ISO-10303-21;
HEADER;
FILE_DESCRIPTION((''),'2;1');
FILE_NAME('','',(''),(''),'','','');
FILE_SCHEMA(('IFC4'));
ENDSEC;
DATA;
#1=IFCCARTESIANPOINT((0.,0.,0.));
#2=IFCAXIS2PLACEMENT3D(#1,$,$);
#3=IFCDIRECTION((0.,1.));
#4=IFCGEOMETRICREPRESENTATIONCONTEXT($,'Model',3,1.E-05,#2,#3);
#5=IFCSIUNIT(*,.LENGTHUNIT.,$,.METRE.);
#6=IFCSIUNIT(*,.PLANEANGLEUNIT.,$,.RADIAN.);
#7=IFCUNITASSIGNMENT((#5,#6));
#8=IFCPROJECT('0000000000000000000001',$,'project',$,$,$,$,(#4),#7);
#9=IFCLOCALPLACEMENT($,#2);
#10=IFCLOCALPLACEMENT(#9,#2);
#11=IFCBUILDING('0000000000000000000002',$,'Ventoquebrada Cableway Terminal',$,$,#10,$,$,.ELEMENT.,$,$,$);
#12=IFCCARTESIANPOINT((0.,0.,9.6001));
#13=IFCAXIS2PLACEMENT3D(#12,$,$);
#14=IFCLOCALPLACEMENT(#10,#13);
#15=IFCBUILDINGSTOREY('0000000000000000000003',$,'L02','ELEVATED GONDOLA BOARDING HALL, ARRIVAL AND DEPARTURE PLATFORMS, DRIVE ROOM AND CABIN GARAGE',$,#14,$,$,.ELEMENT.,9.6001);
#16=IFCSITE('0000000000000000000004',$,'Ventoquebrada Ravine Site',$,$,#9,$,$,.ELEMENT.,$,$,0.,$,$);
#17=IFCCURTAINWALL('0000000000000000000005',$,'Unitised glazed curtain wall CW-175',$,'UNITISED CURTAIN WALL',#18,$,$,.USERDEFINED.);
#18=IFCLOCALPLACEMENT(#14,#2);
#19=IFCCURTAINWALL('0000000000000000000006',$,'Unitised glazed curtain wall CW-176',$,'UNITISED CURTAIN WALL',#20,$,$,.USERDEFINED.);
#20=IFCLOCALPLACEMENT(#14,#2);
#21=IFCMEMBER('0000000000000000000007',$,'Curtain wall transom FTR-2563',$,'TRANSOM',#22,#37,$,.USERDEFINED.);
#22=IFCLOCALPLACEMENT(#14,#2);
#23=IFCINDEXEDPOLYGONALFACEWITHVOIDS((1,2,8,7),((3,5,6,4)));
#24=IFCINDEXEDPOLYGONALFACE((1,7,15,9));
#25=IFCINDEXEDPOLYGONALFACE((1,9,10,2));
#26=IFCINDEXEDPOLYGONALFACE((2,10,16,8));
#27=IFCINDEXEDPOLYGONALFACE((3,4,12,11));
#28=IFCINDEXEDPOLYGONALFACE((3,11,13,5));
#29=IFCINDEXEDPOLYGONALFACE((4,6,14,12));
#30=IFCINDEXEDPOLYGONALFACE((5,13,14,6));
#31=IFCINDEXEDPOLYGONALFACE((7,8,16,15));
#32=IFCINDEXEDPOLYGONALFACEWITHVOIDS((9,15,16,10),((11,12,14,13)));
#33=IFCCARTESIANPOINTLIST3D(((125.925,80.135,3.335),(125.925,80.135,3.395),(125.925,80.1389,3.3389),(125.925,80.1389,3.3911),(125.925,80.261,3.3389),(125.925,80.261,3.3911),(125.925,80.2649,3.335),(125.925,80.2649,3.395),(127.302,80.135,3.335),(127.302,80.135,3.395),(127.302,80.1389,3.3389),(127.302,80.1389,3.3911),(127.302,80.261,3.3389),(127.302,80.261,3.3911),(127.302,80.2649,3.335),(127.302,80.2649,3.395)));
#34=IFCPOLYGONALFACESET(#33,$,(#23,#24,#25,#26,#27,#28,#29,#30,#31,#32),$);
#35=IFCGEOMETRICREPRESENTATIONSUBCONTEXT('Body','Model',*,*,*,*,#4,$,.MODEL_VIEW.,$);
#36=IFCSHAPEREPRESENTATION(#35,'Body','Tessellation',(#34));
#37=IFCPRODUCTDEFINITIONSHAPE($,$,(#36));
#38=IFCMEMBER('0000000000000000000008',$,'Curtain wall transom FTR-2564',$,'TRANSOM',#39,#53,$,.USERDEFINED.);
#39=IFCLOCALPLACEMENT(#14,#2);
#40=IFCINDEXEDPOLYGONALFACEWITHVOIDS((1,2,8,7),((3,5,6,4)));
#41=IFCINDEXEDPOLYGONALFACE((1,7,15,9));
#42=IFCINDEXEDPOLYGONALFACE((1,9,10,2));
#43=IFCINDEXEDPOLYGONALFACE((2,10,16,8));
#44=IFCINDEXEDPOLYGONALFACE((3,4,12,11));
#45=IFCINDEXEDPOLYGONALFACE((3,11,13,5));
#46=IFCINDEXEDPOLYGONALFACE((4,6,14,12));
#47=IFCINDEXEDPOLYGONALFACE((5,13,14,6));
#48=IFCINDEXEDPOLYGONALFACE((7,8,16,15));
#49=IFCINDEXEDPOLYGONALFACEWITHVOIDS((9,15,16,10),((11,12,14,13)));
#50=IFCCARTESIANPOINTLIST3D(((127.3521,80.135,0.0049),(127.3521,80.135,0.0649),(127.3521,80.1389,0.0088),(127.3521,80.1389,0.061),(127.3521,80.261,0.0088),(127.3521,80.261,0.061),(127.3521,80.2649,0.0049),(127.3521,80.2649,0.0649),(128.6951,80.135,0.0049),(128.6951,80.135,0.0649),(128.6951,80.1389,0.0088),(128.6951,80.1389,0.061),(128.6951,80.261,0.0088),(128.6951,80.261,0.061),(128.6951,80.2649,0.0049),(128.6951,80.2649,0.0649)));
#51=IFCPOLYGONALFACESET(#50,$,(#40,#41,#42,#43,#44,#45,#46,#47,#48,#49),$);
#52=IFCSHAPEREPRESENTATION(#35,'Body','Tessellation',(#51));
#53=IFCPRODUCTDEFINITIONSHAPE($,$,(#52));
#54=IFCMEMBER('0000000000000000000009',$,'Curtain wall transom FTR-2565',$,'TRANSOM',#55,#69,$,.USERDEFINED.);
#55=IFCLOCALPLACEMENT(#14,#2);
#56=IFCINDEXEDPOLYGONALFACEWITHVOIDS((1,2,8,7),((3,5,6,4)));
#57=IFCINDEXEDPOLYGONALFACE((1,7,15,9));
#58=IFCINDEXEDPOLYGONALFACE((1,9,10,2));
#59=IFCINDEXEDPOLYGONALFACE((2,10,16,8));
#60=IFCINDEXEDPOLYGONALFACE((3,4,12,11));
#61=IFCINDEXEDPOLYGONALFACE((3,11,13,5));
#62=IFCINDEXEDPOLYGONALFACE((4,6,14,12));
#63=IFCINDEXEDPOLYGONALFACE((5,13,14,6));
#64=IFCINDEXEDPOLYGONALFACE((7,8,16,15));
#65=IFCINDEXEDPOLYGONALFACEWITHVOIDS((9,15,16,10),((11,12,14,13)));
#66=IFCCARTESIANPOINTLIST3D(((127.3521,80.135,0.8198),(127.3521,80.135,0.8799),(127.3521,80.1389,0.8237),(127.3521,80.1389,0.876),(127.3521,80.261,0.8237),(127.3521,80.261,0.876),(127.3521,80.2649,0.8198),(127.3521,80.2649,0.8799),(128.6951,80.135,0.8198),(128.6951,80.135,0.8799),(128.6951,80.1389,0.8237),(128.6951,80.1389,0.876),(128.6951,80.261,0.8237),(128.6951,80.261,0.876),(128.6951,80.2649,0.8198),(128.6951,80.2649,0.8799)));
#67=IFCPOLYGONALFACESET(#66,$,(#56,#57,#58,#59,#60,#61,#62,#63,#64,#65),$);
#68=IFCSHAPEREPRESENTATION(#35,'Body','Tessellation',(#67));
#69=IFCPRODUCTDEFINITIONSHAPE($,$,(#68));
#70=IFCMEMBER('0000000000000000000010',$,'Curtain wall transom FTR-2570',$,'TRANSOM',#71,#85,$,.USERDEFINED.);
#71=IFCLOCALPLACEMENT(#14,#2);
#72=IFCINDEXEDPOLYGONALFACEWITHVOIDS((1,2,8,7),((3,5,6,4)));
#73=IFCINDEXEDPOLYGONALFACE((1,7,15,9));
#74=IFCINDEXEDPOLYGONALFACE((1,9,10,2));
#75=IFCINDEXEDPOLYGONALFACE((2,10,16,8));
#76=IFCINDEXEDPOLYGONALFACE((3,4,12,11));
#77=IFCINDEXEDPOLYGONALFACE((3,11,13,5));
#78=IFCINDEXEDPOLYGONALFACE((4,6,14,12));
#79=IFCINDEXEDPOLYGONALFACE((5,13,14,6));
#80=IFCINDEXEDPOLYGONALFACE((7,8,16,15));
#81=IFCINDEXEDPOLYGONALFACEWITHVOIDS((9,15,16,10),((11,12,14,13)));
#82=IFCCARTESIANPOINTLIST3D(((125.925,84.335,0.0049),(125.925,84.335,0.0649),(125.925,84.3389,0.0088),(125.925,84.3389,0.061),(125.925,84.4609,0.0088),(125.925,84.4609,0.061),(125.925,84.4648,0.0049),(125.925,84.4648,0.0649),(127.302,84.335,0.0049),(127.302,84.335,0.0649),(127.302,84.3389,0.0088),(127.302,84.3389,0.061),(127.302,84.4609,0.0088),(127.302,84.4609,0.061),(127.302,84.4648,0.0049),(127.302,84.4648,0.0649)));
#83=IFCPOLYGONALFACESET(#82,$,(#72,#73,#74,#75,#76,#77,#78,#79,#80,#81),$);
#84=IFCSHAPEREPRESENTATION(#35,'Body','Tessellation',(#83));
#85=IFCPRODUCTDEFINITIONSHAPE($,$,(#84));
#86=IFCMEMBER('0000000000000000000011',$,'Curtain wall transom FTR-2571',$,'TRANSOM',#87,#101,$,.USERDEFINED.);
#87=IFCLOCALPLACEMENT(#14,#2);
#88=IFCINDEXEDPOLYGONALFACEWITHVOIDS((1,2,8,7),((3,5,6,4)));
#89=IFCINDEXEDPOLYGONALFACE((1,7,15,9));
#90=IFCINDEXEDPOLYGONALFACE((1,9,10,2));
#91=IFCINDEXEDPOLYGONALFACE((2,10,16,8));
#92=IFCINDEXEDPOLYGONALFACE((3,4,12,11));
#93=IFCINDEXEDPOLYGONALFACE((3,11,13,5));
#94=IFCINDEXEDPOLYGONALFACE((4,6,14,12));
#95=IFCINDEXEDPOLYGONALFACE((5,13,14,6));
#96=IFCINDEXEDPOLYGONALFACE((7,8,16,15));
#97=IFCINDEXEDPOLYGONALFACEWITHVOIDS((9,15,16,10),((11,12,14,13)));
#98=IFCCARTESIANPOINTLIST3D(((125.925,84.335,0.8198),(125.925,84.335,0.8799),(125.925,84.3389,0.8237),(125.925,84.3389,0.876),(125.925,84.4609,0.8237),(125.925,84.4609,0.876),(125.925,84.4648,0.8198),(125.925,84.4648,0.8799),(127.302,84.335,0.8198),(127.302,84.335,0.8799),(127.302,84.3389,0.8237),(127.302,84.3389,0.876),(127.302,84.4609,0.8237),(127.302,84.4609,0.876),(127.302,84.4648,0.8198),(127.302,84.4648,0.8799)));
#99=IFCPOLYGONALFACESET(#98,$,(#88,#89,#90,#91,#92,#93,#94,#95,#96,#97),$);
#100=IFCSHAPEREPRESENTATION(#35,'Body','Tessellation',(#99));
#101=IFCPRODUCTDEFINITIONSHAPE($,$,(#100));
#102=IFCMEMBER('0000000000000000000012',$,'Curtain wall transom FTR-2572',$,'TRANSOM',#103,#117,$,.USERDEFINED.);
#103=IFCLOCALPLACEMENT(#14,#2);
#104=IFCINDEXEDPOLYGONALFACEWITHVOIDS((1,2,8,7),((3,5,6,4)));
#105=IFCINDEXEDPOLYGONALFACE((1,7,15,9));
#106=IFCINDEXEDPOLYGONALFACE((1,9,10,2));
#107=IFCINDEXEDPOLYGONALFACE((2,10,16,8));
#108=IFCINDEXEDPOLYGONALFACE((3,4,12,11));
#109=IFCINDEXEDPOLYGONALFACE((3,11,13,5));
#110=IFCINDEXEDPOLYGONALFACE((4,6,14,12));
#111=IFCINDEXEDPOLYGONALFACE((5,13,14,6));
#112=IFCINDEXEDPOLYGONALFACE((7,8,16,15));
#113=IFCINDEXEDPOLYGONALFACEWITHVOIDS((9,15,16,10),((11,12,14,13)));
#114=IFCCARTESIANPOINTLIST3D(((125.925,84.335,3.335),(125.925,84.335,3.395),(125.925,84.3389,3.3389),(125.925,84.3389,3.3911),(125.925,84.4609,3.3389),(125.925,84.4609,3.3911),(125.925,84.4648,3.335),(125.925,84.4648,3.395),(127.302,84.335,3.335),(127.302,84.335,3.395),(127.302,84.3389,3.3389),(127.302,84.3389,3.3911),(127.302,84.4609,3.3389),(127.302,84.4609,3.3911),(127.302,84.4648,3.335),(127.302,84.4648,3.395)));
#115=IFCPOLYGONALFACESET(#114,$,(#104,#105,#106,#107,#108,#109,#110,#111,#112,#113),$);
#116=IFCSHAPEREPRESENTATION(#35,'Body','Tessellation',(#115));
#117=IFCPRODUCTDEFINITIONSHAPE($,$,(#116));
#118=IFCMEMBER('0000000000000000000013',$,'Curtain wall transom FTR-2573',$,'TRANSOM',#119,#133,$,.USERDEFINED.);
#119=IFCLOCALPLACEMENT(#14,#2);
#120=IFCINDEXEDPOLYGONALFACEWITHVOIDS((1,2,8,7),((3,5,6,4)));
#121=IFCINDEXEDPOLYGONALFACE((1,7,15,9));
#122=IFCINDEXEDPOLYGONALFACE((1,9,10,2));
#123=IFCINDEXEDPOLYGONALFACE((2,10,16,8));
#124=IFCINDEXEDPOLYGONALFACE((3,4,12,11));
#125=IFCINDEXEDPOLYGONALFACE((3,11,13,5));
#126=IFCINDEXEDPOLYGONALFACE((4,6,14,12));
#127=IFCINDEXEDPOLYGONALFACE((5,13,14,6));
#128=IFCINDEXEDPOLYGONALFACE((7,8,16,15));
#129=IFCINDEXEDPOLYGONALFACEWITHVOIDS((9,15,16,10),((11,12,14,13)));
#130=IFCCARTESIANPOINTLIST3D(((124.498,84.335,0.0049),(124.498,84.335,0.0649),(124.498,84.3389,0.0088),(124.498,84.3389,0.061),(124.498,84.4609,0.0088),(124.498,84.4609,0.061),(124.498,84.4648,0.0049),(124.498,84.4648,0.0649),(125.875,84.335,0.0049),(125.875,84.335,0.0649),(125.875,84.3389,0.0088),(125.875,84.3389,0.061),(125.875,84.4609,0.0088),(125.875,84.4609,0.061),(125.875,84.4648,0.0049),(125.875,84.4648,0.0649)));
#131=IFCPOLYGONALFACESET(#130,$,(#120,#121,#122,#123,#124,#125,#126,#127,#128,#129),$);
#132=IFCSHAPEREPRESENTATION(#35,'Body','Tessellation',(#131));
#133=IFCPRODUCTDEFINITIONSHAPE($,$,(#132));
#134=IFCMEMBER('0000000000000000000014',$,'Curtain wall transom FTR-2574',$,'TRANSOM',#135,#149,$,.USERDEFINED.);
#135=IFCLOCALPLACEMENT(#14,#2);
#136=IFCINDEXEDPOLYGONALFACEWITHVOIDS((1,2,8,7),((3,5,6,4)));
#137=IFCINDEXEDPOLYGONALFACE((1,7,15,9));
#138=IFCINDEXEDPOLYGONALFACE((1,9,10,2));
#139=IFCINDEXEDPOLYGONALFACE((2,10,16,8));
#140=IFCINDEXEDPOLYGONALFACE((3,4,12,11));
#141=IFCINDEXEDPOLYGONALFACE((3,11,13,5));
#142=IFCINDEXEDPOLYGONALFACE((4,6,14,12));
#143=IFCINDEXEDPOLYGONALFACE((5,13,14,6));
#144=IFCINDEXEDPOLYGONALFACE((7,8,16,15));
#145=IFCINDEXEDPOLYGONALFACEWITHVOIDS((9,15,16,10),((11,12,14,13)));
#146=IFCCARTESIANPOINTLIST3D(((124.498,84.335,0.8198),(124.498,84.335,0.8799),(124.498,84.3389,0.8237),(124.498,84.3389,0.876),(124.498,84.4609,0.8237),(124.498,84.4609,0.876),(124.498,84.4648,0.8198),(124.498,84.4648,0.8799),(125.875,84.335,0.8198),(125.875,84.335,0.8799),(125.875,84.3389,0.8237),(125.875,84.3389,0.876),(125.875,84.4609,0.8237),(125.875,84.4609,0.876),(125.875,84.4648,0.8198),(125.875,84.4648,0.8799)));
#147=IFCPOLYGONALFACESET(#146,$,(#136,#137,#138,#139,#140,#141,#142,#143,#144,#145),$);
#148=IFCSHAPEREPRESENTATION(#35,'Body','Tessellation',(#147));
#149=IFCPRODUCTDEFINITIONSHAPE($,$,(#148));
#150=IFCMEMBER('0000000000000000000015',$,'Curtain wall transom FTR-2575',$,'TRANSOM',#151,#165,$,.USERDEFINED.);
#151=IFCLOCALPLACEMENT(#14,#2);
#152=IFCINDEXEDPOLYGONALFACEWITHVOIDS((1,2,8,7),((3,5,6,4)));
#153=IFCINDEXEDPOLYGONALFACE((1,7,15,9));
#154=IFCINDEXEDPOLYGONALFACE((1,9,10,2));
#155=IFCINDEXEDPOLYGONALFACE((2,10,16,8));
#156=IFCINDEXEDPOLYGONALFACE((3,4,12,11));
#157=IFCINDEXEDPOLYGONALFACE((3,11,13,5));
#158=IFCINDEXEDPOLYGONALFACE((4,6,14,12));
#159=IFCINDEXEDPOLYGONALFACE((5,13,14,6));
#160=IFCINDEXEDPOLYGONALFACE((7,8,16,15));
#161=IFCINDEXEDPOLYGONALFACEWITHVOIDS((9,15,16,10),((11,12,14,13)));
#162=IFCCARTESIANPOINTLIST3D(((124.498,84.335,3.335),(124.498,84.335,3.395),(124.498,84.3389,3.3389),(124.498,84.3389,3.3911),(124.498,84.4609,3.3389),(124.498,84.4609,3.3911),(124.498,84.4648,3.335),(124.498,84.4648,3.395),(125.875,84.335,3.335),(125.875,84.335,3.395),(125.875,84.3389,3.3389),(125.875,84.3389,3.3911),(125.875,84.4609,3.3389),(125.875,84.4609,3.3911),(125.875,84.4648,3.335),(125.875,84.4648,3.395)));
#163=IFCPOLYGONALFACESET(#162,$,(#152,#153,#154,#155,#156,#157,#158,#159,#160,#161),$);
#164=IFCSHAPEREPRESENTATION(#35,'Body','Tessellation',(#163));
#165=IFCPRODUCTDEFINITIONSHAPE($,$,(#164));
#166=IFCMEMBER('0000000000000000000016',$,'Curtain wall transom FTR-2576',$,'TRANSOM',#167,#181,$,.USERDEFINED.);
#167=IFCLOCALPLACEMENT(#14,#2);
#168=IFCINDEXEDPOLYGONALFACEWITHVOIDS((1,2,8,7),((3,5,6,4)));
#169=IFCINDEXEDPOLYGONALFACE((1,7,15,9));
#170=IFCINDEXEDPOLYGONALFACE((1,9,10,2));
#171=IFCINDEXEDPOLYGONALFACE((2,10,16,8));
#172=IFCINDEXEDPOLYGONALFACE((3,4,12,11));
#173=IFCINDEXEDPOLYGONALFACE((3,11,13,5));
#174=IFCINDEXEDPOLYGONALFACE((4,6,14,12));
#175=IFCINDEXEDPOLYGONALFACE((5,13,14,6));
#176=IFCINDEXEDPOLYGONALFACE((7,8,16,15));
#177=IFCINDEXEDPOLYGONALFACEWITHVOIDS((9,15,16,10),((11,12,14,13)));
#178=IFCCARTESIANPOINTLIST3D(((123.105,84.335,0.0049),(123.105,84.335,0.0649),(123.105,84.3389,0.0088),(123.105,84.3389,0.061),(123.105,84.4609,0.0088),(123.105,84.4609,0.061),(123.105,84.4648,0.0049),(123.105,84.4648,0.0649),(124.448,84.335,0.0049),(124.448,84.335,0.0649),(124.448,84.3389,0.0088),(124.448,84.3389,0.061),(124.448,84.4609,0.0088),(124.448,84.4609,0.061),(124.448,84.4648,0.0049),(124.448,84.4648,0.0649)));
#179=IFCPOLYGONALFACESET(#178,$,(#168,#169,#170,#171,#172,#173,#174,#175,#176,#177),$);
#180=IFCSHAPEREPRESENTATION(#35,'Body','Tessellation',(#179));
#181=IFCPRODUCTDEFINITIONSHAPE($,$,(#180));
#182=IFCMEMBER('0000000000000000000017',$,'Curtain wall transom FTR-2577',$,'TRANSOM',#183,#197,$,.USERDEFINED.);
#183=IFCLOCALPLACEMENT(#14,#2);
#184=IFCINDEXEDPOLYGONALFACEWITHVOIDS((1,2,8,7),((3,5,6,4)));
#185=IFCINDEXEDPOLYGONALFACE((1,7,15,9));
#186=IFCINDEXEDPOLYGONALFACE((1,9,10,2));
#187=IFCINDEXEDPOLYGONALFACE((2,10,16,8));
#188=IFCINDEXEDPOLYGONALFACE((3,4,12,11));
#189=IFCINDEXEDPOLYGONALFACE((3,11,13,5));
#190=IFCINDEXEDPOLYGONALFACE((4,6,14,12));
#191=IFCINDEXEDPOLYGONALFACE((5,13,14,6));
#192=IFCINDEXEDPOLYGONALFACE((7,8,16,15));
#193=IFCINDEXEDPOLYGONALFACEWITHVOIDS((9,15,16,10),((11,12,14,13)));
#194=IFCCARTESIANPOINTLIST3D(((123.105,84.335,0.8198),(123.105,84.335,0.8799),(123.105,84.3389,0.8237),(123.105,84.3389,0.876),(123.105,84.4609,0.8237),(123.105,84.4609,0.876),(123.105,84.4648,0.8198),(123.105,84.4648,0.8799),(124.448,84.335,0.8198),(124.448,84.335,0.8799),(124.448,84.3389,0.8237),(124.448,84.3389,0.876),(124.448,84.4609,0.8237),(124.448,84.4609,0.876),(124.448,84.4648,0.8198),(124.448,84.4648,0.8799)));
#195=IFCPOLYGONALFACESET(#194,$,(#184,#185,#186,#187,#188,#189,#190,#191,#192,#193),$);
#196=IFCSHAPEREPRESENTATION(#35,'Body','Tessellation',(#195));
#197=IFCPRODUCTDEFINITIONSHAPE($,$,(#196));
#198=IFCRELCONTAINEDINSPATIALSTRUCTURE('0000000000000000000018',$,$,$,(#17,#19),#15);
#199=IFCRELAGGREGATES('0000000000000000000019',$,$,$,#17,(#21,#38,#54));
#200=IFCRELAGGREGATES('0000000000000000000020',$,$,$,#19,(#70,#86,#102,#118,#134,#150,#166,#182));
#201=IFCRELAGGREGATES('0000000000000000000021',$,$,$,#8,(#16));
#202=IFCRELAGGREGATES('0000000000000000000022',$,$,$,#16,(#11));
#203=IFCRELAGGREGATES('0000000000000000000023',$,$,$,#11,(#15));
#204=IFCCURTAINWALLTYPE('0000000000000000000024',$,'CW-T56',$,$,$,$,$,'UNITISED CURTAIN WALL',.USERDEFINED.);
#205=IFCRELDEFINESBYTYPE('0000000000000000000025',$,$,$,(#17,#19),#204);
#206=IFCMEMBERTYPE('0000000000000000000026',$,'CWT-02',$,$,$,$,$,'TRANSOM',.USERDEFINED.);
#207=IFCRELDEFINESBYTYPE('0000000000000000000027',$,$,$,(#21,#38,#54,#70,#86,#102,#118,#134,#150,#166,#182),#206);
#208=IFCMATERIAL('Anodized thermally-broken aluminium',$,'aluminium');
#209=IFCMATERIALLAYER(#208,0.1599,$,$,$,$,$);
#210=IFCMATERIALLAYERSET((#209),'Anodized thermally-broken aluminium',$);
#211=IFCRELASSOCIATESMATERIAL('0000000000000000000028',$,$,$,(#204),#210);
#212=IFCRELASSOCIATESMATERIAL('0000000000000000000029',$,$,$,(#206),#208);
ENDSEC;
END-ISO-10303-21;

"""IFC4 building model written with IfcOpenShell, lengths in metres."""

from ifc_helpers import new_model, si_unit, direction, frame, origin, origin_2d, place, context, subcontext, project, spatial, hollow_rectangle, extrude, material, layer, layer_set, material_profile, profile_set, type_object, element, aggregate, save


model = new_model("IFC4")

# Units and contexts
model_context = context("Model", 3, precision=1e-05, world=origin(), true_north=direction((0.0, 1.0)))
body_context = subcontext(model_context, "Body", "Model", "MODEL_VIEW")
ifc_project = project(units=[si_unit("LENGTHUNIT", "METRE"), si_unit("PLANEANGLEUNIT", "RADIAN")], contexts=[model_context])

# Site, building, storey
site_placement = place(None, origin())
site = spatial("IfcSite", under=ifc_project, at=site_placement, Name="Ventoquebrada Ravine Site", CompositionType="ELEMENT", RefElevation=0.0)
building_placement = place(site_placement, origin())
building = spatial("IfcBuilding", under=site, at=building_placement, Name="Ventoquebrada Cableway Terminal", CompositionType="ELEMENT")
storey_placement = place(building_placement, frame((0.0, 0.0, 9.6001)))
storey = spatial("IfcBuildingStorey", under=building, at=storey_placement, Name="L02", Description="ELEVATED GONDOLA BOARDING HALL, ARRIVAL AND DEPARTURE PLATFORMS, DRIVE ROOM AND CABIN GARAGE", CompositionType="ELEMENT", Elevation=9.6001)

# Curtain walls
ifc_material_1 = material(Name="Anodized thermally-broken aluminium", Category="aluminium")
ifc_layer_1 = layer(ifc_material_1, 0.1599)
ifc_layer_set_1 = layer_set([ifc_layer_1], Name="Anodized thermally-broken aluminium")
curtain_wall_type = type_object("IfcCurtainWallType", Name="CW-T56", ElementType="UNITISED CURTAIN WALL", PredefinedType="USERDEFINED", material=ifc_layer_set_1)
curtain_wall_1_placement = place(storey_placement, origin())
curtain_wall_1 = element("IfcCurtainWall", 1, at=curtain_wall_1_placement, inside=storey, type_object=curtain_wall_type, Name="Unitised glazed curtain wall CW-175", ObjectType="UNITISED CURTAIN WALL", PredefinedType="USERDEFINED")
curtain_wall_2_placement = place(storey_placement, origin())
curtain_wall_2 = element("IfcCurtainWall", 2, at=curtain_wall_2_placement, inside=storey, type_object=curtain_wall_type, Name="Unitised glazed curtain wall CW-176", ObjectType="UNITISED CURTAIN WALL", PredefinedType="USERDEFINED")

# Members
ifc_material_profile_1 = material_profile(ifc_material_1, hollow_rectangle(XDim=0.0601, YDim=0.1299, WallThickness=0.0039, at=origin_2d()), Name="CW-TRN-60X130")
ifc_profile_set_1 = profile_set([ifc_material_profile_1], Name="Anodized thermally-broken aluminium")
member_type_1 = type_object("IfcMemberType", Name="CWT-02", ElementType="TRANSOM", PredefinedType="USERDEFINED", material=ifc_profile_set_1)
member_1_placement = place(storey_placement, frame((125.925, 80.2, 3.365), z_axis=(1.0, 0.0, 0.0), x_axis=(0.0, 0.0, 1.0)))
member_1 = element("IfcMember", 3, at=member_1_placement, type_object=member_type_1, Name="Curtain wall transom FTR-2563", ObjectType="TRANSOM", PredefinedType="USERDEFINED", context=body_context, shape_type="SweptSolid", body=[
    extrude(hollow_rectangle(XDim=0.0601, YDim=0.1299, WallThickness=0.0039, at=origin_2d()), origin(), (0.0, 0.0, 1.0), 1.377),
])
member_2_placement = place(storey_placement, frame((127.3521, 80.2, 0.0349), z_axis=(1.0, 0.0, 0.0), x_axis=(0.0, 0.0, 1.0)))
member_2 = element("IfcMember", 4, at=member_2_placement, type_object=member_type_1, Name="Curtain wall transom FTR-2564", ObjectType="TRANSOM", PredefinedType="USERDEFINED", context=body_context, shape_type="SweptSolid", body=[
    extrude(hollow_rectangle(XDim=0.0601, YDim=0.1299, WallThickness=0.0039, at=origin_2d()), origin(), (0.0, 0.0, 1.0), 1.343),
])
member_3_placement = place(storey_placement, frame((127.3521, 80.2, 0.8499), z_axis=(1.0, 0.0, 0.0), x_axis=(0.0, 0.0, 1.0)))
member_3 = element("IfcMember", 5, at=member_3_placement, type_object=member_type_1, Name="Curtain wall transom FTR-2565", ObjectType="TRANSOM", PredefinedType="USERDEFINED", context=body_context, shape_type="SweptSolid", body=[
    extrude(hollow_rectangle(XDim=0.0601, YDim=0.1299, WallThickness=0.0039, at=origin_2d()), origin(), (0.0, 0.0, 1.0), 1.343),
])
member_4_placement = place(storey_placement, frame((127.302, 84.3999, 0.0349), z_axis=(-1.0, 0.0, 0.0), x_axis=(0.0, 0.0, 1.0)))
member_4 = element("IfcMember", 6, at=member_4_placement, type_object=member_type_1, Name="Curtain wall transom FTR-2570", ObjectType="TRANSOM", PredefinedType="USERDEFINED", context=body_context, shape_type="SweptSolid", body=[
    extrude(hollow_rectangle(XDim=0.0601, YDim=0.1299, WallThickness=0.0039, at=origin_2d()), origin(), (0.0, 0.0, 1.0), 1.377),
])
member_5_placement = place(storey_placement, frame((127.302, 84.3999, 0.8499), z_axis=(-1.0, 0.0, 0.0), x_axis=(0.0, 0.0, 1.0)))
member_5 = element("IfcMember", 7, at=member_5_placement, type_object=member_type_1, Name="Curtain wall transom FTR-2571", ObjectType="TRANSOM", PredefinedType="USERDEFINED", context=body_context, shape_type="SweptSolid", body=[
    extrude(hollow_rectangle(XDim=0.0601, YDim=0.1299, WallThickness=0.0039, at=origin_2d()), origin(), (0.0, 0.0, 1.0), 1.377),
])
member_6_placement = place(storey_placement, frame((127.302, 84.3999, 3.365), z_axis=(-1.0, 0.0, 0.0), x_axis=(0.0, 0.0, 1.0)))
member_6 = element("IfcMember", 8, at=member_6_placement, type_object=member_type_1, Name="Curtain wall transom FTR-2572", ObjectType="TRANSOM", PredefinedType="USERDEFINED", context=body_context, shape_type="SweptSolid", body=[
    extrude(hollow_rectangle(XDim=0.0601, YDim=0.1299, WallThickness=0.0039, at=origin_2d()), origin(), (0.0, 0.0, 1.0), 1.377),
])
member_7_placement = place(storey_placement, frame((125.875, 84.3999, 0.0349), z_axis=(-1.0, 0.0, 0.0), x_axis=(0.0, 0.0, 1.0)))
member_7 = element("IfcMember", 9, at=member_7_placement, type_object=member_type_1, Name="Curtain wall transom FTR-2573", ObjectType="TRANSOM", PredefinedType="USERDEFINED", context=body_context, shape_type="SweptSolid", body=[
    extrude(hollow_rectangle(XDim=0.0601, YDim=0.1299, WallThickness=0.0039, at=origin_2d()), origin(), (0.0, 0.0, 1.0), 1.377),
])
member_8_placement = place(storey_placement, frame((125.875, 84.3999, 0.8499), z_axis=(-1.0, 0.0, 0.0), x_axis=(0.0, 0.0, 1.0)))
member_8 = element("IfcMember", 10, at=member_8_placement, type_object=member_type_1, Name="Curtain wall transom FTR-2574", ObjectType="TRANSOM", PredefinedType="USERDEFINED", context=body_context, shape_type="SweptSolid", body=[
    extrude(hollow_rectangle(XDim=0.0601, YDim=0.1299, WallThickness=0.0039, at=origin_2d()), origin(), (0.0, 0.0, 1.0), 1.377),
])
member_9_placement = place(storey_placement, frame((125.875, 84.3999, 3.365), z_axis=(-1.0, 0.0, 0.0), x_axis=(0.0, 0.0, 1.0)))
member_9 = element("IfcMember", 11, at=member_9_placement, type_object=member_type_1, Name="Curtain wall transom FTR-2575", ObjectType="TRANSOM", PredefinedType="USERDEFINED", context=body_context, shape_type="SweptSolid", body=[
    extrude(hollow_rectangle(XDim=0.0601, YDim=0.1299, WallThickness=0.0039, at=origin_2d()), origin(), (0.0, 0.0, 1.0), 1.377),
])
member_10_placement = place(storey_placement, frame((124.448, 84.3999, 0.0349), z_axis=(-1.0, 0.0, 0.0), x_axis=(0.0, 0.0, 1.0)))
member_10 = element("IfcMember", 12, at=member_10_placement, type_object=member_type_1, Name="Curtain wall transom FTR-2576", ObjectType="TRANSOM", PredefinedType="USERDEFINED", context=body_context, shape_type="SweptSolid", body=[
    extrude(hollow_rectangle(XDim=0.0601, YDim=0.1299, WallThickness=0.0039, at=origin_2d()), origin(), (0.0, 0.0, 1.0), 1.343),
])
member_11_placement = place(storey_placement, frame((124.448, 84.3999, 0.8499), z_axis=(-1.0, 0.0, 0.0), x_axis=(0.0, 0.0, 1.0)))
member_11 = element("IfcMember", 13, at=member_11_placement, type_object=member_type_1, Name="Curtain wall transom FTR-2577", ObjectType="TRANSOM", PredefinedType="USERDEFINED", context=body_context, shape_type="SweptSolid", body=[
    extrude(hollow_rectangle(XDim=0.0601, YDim=0.1299, WallThickness=0.0039, at=origin_2d()), origin(), (0.0, 0.0, 1.0), 1.343),
])

aggregate(curtain_wall_1, [member_1, member_2, member_3])
aggregate(curtain_wall_2, [member_4, member_5, member_6, member_7, member_8, member_9, member_10, member_11])

save(model, "model.ifc")
